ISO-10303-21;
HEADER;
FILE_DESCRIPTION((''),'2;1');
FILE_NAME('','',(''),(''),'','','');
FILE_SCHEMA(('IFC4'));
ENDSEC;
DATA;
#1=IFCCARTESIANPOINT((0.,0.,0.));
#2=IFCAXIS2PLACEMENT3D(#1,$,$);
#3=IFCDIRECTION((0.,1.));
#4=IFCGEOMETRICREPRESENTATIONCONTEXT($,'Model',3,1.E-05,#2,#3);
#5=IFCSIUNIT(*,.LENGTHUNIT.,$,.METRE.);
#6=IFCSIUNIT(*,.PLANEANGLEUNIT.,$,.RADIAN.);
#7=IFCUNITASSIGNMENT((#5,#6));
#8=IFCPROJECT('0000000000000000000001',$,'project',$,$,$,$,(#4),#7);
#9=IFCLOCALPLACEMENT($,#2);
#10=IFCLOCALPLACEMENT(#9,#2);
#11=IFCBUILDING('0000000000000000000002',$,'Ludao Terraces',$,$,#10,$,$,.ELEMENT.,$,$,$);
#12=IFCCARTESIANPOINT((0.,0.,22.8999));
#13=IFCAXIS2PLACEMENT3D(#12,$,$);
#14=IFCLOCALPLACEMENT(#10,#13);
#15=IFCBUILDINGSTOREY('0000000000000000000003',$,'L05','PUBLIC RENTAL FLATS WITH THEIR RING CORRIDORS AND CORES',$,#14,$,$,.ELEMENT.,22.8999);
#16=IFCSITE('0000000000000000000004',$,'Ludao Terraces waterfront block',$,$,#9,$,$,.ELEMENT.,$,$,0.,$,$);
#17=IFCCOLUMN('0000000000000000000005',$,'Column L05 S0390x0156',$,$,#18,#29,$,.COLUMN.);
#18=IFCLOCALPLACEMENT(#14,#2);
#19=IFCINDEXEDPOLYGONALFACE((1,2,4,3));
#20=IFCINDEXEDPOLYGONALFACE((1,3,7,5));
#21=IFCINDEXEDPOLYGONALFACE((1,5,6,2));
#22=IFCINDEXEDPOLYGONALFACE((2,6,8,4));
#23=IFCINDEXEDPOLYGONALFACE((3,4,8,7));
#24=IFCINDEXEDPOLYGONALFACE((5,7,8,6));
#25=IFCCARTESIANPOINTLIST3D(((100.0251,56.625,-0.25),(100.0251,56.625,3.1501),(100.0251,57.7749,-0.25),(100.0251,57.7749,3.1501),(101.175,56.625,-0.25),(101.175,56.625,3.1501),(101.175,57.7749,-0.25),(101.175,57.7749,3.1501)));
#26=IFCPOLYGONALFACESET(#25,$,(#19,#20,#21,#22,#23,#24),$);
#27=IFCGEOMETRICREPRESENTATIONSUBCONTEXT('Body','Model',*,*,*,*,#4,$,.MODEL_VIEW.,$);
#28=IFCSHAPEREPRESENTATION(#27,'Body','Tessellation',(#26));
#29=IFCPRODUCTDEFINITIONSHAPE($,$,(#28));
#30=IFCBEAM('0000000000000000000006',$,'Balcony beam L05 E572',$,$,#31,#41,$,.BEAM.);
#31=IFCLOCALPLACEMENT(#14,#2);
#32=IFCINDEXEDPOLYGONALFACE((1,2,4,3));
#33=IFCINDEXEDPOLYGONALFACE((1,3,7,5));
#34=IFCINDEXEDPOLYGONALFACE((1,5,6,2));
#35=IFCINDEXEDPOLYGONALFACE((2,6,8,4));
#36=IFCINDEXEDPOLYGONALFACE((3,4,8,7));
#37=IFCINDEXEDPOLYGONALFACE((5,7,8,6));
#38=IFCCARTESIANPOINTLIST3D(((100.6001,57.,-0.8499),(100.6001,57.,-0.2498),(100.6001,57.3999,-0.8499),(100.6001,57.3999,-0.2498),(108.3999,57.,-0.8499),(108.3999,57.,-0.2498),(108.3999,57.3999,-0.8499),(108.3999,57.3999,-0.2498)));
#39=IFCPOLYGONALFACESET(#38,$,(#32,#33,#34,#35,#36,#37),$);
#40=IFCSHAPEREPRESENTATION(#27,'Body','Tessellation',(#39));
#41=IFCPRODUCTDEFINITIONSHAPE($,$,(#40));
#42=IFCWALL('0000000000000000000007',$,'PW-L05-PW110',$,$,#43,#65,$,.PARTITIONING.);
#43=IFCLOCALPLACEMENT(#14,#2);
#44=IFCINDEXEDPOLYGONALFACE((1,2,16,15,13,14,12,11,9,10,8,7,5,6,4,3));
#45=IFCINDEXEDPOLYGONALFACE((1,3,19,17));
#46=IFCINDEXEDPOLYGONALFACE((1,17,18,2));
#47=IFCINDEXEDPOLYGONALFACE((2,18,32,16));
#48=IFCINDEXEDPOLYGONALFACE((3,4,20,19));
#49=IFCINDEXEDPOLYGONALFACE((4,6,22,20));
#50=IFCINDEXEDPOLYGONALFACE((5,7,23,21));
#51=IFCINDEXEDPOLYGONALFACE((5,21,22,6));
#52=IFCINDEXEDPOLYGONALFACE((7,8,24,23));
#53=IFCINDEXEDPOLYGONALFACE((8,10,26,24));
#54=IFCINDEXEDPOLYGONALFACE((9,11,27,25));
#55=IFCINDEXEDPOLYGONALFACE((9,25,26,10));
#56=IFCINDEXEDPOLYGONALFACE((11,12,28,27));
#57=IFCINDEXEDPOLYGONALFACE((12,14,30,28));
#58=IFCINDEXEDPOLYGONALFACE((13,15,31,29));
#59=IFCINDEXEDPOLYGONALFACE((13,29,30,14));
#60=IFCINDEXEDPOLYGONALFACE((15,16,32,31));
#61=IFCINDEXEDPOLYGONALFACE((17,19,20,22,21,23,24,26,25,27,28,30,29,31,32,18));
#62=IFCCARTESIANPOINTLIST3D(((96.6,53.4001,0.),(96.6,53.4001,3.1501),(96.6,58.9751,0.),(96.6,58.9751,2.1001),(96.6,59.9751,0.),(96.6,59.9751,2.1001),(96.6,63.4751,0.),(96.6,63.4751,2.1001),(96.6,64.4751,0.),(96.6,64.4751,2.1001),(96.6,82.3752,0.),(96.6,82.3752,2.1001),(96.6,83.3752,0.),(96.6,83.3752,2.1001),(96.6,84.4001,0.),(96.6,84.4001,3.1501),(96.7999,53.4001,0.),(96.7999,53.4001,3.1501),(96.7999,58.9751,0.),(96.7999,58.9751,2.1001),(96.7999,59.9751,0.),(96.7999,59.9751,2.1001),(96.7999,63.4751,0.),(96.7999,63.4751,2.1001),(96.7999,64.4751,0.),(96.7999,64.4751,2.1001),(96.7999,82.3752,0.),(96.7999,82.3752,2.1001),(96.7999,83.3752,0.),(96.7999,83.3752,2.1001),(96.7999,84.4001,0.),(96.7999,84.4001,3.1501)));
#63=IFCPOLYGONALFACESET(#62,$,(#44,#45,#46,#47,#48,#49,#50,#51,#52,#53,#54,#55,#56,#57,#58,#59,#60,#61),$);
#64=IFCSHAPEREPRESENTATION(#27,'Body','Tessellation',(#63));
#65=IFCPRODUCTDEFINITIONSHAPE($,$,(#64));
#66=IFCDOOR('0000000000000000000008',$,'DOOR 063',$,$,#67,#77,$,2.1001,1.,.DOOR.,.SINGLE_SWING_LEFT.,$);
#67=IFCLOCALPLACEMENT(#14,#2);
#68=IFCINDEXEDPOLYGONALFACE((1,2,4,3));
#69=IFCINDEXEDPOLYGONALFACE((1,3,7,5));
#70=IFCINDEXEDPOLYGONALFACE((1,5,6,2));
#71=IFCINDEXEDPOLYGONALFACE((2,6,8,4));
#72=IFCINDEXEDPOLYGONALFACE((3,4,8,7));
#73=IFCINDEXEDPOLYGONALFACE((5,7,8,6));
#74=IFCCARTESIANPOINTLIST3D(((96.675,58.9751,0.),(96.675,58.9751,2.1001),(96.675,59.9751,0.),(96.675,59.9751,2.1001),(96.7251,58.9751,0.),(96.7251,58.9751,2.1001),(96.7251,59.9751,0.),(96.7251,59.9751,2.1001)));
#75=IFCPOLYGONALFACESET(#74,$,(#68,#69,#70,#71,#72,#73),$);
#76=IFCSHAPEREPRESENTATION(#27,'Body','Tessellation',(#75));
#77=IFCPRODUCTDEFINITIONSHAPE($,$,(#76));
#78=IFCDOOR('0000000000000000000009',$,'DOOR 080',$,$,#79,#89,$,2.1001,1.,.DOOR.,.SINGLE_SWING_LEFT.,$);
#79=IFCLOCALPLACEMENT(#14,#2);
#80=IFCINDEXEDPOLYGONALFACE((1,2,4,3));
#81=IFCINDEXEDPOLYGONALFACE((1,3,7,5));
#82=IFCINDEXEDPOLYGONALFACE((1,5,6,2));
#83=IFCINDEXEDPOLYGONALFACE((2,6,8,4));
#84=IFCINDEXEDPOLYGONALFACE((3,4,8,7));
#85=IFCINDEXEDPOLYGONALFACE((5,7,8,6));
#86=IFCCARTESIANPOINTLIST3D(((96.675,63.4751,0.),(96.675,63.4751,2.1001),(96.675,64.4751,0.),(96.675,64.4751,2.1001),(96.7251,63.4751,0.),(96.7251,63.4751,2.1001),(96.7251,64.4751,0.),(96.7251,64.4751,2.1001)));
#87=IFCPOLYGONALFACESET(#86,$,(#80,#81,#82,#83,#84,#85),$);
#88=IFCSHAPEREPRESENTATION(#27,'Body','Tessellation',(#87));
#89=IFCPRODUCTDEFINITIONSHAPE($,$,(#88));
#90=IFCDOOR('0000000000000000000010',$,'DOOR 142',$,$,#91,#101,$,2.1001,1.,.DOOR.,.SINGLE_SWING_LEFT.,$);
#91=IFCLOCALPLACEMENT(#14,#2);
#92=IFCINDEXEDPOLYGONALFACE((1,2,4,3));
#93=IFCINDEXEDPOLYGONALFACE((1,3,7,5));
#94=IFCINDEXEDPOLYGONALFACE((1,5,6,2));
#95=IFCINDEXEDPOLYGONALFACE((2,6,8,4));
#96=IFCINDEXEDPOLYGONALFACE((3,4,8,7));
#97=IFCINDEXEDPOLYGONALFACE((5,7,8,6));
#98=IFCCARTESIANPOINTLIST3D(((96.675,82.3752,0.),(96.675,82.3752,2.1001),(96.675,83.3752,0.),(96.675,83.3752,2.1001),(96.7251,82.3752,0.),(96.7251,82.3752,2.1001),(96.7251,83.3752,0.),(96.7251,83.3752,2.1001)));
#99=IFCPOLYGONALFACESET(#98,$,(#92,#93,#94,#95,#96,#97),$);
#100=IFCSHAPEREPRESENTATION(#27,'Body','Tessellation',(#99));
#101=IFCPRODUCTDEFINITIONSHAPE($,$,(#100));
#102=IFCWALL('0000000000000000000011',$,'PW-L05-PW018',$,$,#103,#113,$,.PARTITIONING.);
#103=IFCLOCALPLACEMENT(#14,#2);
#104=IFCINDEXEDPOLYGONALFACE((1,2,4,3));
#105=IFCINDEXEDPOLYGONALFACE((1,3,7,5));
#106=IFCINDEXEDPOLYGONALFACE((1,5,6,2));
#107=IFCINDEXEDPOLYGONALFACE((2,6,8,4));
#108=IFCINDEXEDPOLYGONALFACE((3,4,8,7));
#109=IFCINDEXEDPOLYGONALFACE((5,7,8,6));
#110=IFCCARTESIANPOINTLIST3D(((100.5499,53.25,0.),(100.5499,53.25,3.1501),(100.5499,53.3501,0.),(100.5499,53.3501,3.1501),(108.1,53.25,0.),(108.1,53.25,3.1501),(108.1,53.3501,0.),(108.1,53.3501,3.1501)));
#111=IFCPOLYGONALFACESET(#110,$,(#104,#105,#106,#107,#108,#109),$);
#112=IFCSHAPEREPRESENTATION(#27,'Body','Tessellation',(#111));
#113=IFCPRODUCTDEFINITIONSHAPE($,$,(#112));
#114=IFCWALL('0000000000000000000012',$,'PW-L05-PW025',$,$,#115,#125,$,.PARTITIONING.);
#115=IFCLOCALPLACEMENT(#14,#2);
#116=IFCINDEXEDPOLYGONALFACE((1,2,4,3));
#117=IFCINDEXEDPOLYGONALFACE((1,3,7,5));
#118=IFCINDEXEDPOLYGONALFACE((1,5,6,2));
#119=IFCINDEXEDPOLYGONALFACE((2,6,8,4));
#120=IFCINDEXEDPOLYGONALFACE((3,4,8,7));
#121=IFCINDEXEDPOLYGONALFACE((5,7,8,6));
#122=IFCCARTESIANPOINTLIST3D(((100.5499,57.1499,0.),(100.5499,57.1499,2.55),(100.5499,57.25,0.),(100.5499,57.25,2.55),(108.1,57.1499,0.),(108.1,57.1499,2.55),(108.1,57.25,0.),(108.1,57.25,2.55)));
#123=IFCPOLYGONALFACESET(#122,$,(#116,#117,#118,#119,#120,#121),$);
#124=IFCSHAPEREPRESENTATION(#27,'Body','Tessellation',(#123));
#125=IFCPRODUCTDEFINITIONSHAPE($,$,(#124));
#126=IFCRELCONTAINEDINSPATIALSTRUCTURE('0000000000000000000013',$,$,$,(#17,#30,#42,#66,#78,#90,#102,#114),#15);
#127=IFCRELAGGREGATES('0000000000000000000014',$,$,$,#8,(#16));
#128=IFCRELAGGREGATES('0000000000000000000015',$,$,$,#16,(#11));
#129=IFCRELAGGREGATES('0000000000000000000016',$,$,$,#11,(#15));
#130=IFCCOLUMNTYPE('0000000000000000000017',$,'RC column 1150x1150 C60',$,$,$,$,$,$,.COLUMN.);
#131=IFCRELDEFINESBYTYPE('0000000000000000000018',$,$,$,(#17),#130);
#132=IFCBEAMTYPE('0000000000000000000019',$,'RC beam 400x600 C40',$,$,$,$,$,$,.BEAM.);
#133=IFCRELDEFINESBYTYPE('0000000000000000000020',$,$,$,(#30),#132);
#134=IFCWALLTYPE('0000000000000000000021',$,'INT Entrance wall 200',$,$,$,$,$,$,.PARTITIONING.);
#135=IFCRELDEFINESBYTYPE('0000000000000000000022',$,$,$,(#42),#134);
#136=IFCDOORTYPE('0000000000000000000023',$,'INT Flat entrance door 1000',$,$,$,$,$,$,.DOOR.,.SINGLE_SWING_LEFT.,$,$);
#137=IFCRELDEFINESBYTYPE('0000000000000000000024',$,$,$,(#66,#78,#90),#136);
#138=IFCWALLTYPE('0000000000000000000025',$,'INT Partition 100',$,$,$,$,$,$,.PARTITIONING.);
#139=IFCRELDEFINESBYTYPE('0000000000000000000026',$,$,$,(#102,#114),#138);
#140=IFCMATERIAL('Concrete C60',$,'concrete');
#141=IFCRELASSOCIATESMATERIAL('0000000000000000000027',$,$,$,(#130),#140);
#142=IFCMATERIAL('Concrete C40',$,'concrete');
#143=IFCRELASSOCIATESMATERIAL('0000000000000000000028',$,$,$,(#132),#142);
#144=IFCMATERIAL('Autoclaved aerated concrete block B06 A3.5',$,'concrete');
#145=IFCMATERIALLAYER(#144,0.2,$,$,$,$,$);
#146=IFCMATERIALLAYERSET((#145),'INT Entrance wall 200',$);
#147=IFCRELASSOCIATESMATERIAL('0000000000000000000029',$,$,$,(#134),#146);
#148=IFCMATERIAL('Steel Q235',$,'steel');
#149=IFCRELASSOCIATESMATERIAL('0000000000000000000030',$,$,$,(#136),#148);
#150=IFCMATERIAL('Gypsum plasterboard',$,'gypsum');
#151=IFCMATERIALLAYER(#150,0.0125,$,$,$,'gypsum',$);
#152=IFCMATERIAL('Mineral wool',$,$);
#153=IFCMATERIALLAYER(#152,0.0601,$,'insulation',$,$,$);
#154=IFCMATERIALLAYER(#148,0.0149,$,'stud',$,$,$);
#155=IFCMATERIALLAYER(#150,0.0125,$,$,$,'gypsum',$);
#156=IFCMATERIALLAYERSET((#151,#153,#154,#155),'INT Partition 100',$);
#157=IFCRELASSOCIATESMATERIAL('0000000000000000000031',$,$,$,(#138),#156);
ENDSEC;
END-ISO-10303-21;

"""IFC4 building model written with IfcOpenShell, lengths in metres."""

from ifc_helpers import new_model, si_unit, direction, frame, frame_2d, origin, origin_2d, place, context, subcontext, project, spatial, rectangle, extrude, material, layer, layer_set, material_profile, profile_set, type_object, element, fill, save


model = new_model("IFC4")

# Units and contexts
model_context = context("Model", 3, precision=1e-05, world=origin(), true_north=direction((0.0, 1.0)))
body_context = subcontext(model_context, "Body", "Model", "MODEL_VIEW")
ifc_project = project(units=[si_unit("LENGTHUNIT", "METRE"), si_unit("PLANEANGLEUNIT", "RADIAN")], contexts=[model_context])

# Site, building, storey
site_placement = place(None, origin())
site = spatial("IfcSite", under=ifc_project, at=site_placement, Name="Ludao Terraces waterfront block", CompositionType="ELEMENT", RefElevation=0.0)
building_placement = place(site_placement, origin())
building = spatial("IfcBuilding", under=site, at=building_placement, Name="Ludao Terraces", CompositionType="ELEMENT")
storey_placement = place(building_placement, frame((0.0, 0.0, 22.8999)))
storey = spatial("IfcBuildingStorey", under=building, at=storey_placement, Name="L05", Description="PUBLIC RENTAL FLATS WITH THEIR RING CORRIDORS AND CORES", CompositionType="ELEMENT", Elevation=22.8999)

# Column
ifc_material_1 = material(Name="Concrete C60", Category="concrete")
ifc_material_profile_1 = material_profile(ifc_material_1, rectangle(XDim=1.1499, YDim=1.1499, at=origin_2d()), Name="1150 X 1150")
ifc_profile_set_1 = profile_set([ifc_material_profile_1], Name="Concrete C60")
column_type = type_object("IfcColumnType", Name="RC column 1150x1150 C60", PredefinedType="COLUMN", material=ifc_profile_set_1)
column_placement = place(storey_placement, frame((100.6001, 57.2, -0.25), z_axis=(0.0, 0.0, 1.0), x_axis=(1.0, 0.0, 0.0)))
element("IfcColumn", 1, at=column_placement, inside=storey, type_object=column_type, Name="Column L05 S0390x0156", PredefinedType="COLUMN", context=body_context, shape_type="SweptSolid", body=[
    extrude(rectangle(XDim=1.1499, YDim=1.1499, at=origin_2d()), origin(), (0.0, 0.0, 1.0), 3.4001),
])

# Beam
ifc_material_2 = material(Name="Concrete C40", Category="concrete")
ifc_material_profile_2 = material_profile(ifc_material_2, rectangle(XDim=0.3999, YDim=0.6001, at=origin_2d()), Name="400 X 600")
ifc_profile_set_2 = profile_set([ifc_material_profile_2], Name="Concrete C40")
beam_type = type_object("IfcBeamType", Name="RC beam 400x600 C40", PredefinedType="BEAM", material=ifc_profile_set_2)
beam_placement = place(storey_placement, frame((100.6001, 57.2, -0.5498), z_axis=(1.0, 0.0, 0.0), x_axis=(0.0, 1.0, 0.0)))
element("IfcBeam", 2, at=beam_placement, inside=storey, type_object=beam_type, Name="Balcony beam L05 E572", PredefinedType="BEAM", context=body_context, shape_type="SweptSolid", body=[
    extrude(rectangle(XDim=0.3999, YDim=0.6001, at=origin_2d()), origin(), (0.0, 0.0, 1.0), 7.7998),
])

# Shared definitions
ifc_material_3 = material(Name="Mineral wool")

# Wall, openings, doors
ifc_material_4 = material(Name="Autoclaved aerated concrete block B06 A3.5", Category="concrete")
ifc_layer_1 = layer(ifc_material_4, 0.2)
ifc_layer_set_1 = layer_set([ifc_layer_1], Name="INT Entrance wall 200")
wall_type_1 = type_object("IfcWallType", Name="INT Entrance wall 200", PredefinedType="PARTITIONING", material=ifc_layer_set_1)
wall_1_placement = place(storey_placement, frame((96.7, 53.4001, 0.0), z_axis=(0.0, 0.0, 1.0), x_axis=(0.0, 1.0, 0.0)))
wall_1 = element("IfcWall", 3, at=wall_1_placement, inside=storey, type_object=wall_type_1, Name="PW-L05-PW110", PredefinedType="PARTITIONING", context=body_context, shape_type="SweptSolid", body=[
    extrude(rectangle(XDim=31.0, YDim=0.2, at=frame_2d((15.5, 0.0))), origin(), (0.0, 0.0, 1.0), 3.1501),
])
opening_1_placement = place(wall_1_placement, frame((5.575, 0.0, 0.0)))
opening_1 = element("IfcOpeningElement", 4, at=opening_1_placement, cuts=wall_1, PredefinedType="OPENING", context=body_context, shape_type="SweptSolid", body=[
    extrude(rectangle(XDim=1.0, YDim=2.1001, at=frame_2d((0.5, 1.05))), frame((0.0, 0.1099, 0.0), z_axis=(0.0, -1.0, 0.0), x_axis=(1.0, 0.0, 0.0)), (0.0, 0.0, 1.0), 0.22),
])
opening_2_placement = place(wall_1_placement, frame((10.075, 0.0, 0.0)))
opening_2 = element("IfcOpeningElement", 5, at=opening_2_placement, cuts=wall_1, PredefinedType="OPENING", context=body_context, shape_type="SweptSolid", body=[
    extrude(rectangle(XDim=1.0, YDim=2.1001, at=frame_2d((0.5, 1.05))), frame((0.0, 0.1099, 0.0), z_axis=(0.0, -1.0, 0.0), x_axis=(1.0, 0.0, 0.0)), (0.0, 0.0, 1.0), 0.22),
])
opening_3_placement = place(wall_1_placement, frame((28.9751, 0.0, 0.0)))
opening_3 = element("IfcOpeningElement", 6, at=opening_3_placement, cuts=wall_1, PredefinedType="OPENING", context=body_context, shape_type="SweptSolid", body=[
    extrude(rectangle(XDim=1.0, YDim=2.1001, at=frame_2d((0.5, 1.05))), frame((0.0, 0.1099, 0.0), z_axis=(0.0, -1.0, 0.0), x_axis=(1.0, 0.0, 0.0)), (0.0, 0.0, 1.0), 0.22),
])
ifc_material_5 = material(Name="Steel Q235", Category="steel")
door_type_1 = type_object("IfcDoorType", Name="INT Flat entrance door 1000", OperationType="SINGLE_SWING_LEFT", PredefinedType="DOOR", material=ifc_material_5)
door_1_placement = place(opening_1_placement, origin())
door_1 = element("IfcDoor", 7, at=door_1_placement, inside=storey, type_object=door_type_1, Name="DOOR 063", OperationType="SINGLE_SWING_LEFT", OverallHeight=2.1001, OverallWidth=1.0, PredefinedType="DOOR", context=body_context, shape_type="SweptSolid", body=[
    extrude(rectangle(XDim=1.0, YDim=2.1001, at=frame_2d((0.5, 1.05))), frame((0.0, 0.0249, 0.0), z_axis=(0.0, -1.0, 0.0), x_axis=(1.0, 0.0, 0.0)), (0.0, 0.0, 1.0), 0.05),
])
fill(opening_1, door_1)
door_2_placement = place(opening_2_placement, origin())
door_2 = element("IfcDoor", 8, at=door_2_placement, inside=storey, type_object=door_type_1, Name="DOOR 080", OperationType="SINGLE_SWING_LEFT", OverallHeight=2.1001, OverallWidth=1.0, PredefinedType="DOOR", context=body_context, shape_type="SweptSolid", body=[
    extrude(rectangle(XDim=1.0, YDim=2.1001, at=frame_2d((0.5, 1.05))), frame((0.0, 0.0249, 0.0), z_axis=(0.0, -1.0, 0.0), x_axis=(1.0, 0.0, 0.0)), (0.0, 0.0, 1.0), 0.05),
])
fill(opening_2, door_2)
door_3_placement = place(opening_3_placement, origin())
door_3 = element("IfcDoor", 9, at=door_3_placement, inside=storey, type_object=door_type_1, Name="DOOR 142", OperationType="SINGLE_SWING_LEFT", OverallHeight=2.1001, OverallWidth=1.0, PredefinedType="DOOR", context=body_context, shape_type="SweptSolid", body=[
    extrude(rectangle(XDim=1.0, YDim=2.1001, at=frame_2d((0.5, 1.05))), frame((0.0, 0.0249, 0.0), z_axis=(0.0, -1.0, 0.0), x_axis=(1.0, 0.0, 0.0)), (0.0, 0.0, 1.0), 0.05),
])
fill(opening_3, door_3)

# Walls
ifc_material_6 = material(Name="Gypsum plasterboard", Category="gypsum")
ifc_layer_2 = layer(ifc_material_6, 0.0125, Category="gypsum")
ifc_layer_3 = layer(ifc_material_3, 0.0601, Name="insulation")
ifc_layer_4 = layer(ifc_material_5, 0.0149, Name="stud")
ifc_layer_5 = layer(ifc_material_6, 0.0125, Category="gypsum")
ifc_layer_set_2 = layer_set([ifc_layer_2, ifc_layer_3, ifc_layer_4, ifc_layer_5], Name="INT Partition 100")
wall_type_2 = type_object("IfcWallType", Name="INT Partition 100", PredefinedType="PARTITIONING", material=ifc_layer_set_2)
wall_2_placement = place(storey_placement, frame((100.55, 53.3, 0.0), z_axis=(0.0, 0.0, 1.0), x_axis=(1.0, 0.0, 0.0)))
element("IfcWall", 10, at=wall_2_placement, inside=storey, type_object=wall_type_2, Name="PW-L05-PW018", PredefinedType="PARTITIONING", context=body_context, shape_type="SweptSolid", body=[
    extrude(rectangle(XDim=7.55, YDim=0.1001, at=frame_2d((3.7749, 0.0))), origin(), (0.0, 0.0, 1.0), 3.1501),
])
wall_3_placement = place(storey_placement, frame((100.55, 57.2, 0.0), z_axis=(0.0, 0.0, 1.0), x_axis=(1.0, 0.0, 0.0)))
element("IfcWall", 11, at=wall_3_placement, inside=storey, type_object=wall_type_2, Name="PW-L05-PW025", PredefinedType="PARTITIONING", context=body_context, shape_type="SweptSolid", body=[
    extrude(rectangle(XDim=7.55, YDim=0.1001, at=frame_2d((3.7749, 0.0))), origin(), (0.0, 0.0, 1.0), 2.55),
])

save(model, "model.ifc")
